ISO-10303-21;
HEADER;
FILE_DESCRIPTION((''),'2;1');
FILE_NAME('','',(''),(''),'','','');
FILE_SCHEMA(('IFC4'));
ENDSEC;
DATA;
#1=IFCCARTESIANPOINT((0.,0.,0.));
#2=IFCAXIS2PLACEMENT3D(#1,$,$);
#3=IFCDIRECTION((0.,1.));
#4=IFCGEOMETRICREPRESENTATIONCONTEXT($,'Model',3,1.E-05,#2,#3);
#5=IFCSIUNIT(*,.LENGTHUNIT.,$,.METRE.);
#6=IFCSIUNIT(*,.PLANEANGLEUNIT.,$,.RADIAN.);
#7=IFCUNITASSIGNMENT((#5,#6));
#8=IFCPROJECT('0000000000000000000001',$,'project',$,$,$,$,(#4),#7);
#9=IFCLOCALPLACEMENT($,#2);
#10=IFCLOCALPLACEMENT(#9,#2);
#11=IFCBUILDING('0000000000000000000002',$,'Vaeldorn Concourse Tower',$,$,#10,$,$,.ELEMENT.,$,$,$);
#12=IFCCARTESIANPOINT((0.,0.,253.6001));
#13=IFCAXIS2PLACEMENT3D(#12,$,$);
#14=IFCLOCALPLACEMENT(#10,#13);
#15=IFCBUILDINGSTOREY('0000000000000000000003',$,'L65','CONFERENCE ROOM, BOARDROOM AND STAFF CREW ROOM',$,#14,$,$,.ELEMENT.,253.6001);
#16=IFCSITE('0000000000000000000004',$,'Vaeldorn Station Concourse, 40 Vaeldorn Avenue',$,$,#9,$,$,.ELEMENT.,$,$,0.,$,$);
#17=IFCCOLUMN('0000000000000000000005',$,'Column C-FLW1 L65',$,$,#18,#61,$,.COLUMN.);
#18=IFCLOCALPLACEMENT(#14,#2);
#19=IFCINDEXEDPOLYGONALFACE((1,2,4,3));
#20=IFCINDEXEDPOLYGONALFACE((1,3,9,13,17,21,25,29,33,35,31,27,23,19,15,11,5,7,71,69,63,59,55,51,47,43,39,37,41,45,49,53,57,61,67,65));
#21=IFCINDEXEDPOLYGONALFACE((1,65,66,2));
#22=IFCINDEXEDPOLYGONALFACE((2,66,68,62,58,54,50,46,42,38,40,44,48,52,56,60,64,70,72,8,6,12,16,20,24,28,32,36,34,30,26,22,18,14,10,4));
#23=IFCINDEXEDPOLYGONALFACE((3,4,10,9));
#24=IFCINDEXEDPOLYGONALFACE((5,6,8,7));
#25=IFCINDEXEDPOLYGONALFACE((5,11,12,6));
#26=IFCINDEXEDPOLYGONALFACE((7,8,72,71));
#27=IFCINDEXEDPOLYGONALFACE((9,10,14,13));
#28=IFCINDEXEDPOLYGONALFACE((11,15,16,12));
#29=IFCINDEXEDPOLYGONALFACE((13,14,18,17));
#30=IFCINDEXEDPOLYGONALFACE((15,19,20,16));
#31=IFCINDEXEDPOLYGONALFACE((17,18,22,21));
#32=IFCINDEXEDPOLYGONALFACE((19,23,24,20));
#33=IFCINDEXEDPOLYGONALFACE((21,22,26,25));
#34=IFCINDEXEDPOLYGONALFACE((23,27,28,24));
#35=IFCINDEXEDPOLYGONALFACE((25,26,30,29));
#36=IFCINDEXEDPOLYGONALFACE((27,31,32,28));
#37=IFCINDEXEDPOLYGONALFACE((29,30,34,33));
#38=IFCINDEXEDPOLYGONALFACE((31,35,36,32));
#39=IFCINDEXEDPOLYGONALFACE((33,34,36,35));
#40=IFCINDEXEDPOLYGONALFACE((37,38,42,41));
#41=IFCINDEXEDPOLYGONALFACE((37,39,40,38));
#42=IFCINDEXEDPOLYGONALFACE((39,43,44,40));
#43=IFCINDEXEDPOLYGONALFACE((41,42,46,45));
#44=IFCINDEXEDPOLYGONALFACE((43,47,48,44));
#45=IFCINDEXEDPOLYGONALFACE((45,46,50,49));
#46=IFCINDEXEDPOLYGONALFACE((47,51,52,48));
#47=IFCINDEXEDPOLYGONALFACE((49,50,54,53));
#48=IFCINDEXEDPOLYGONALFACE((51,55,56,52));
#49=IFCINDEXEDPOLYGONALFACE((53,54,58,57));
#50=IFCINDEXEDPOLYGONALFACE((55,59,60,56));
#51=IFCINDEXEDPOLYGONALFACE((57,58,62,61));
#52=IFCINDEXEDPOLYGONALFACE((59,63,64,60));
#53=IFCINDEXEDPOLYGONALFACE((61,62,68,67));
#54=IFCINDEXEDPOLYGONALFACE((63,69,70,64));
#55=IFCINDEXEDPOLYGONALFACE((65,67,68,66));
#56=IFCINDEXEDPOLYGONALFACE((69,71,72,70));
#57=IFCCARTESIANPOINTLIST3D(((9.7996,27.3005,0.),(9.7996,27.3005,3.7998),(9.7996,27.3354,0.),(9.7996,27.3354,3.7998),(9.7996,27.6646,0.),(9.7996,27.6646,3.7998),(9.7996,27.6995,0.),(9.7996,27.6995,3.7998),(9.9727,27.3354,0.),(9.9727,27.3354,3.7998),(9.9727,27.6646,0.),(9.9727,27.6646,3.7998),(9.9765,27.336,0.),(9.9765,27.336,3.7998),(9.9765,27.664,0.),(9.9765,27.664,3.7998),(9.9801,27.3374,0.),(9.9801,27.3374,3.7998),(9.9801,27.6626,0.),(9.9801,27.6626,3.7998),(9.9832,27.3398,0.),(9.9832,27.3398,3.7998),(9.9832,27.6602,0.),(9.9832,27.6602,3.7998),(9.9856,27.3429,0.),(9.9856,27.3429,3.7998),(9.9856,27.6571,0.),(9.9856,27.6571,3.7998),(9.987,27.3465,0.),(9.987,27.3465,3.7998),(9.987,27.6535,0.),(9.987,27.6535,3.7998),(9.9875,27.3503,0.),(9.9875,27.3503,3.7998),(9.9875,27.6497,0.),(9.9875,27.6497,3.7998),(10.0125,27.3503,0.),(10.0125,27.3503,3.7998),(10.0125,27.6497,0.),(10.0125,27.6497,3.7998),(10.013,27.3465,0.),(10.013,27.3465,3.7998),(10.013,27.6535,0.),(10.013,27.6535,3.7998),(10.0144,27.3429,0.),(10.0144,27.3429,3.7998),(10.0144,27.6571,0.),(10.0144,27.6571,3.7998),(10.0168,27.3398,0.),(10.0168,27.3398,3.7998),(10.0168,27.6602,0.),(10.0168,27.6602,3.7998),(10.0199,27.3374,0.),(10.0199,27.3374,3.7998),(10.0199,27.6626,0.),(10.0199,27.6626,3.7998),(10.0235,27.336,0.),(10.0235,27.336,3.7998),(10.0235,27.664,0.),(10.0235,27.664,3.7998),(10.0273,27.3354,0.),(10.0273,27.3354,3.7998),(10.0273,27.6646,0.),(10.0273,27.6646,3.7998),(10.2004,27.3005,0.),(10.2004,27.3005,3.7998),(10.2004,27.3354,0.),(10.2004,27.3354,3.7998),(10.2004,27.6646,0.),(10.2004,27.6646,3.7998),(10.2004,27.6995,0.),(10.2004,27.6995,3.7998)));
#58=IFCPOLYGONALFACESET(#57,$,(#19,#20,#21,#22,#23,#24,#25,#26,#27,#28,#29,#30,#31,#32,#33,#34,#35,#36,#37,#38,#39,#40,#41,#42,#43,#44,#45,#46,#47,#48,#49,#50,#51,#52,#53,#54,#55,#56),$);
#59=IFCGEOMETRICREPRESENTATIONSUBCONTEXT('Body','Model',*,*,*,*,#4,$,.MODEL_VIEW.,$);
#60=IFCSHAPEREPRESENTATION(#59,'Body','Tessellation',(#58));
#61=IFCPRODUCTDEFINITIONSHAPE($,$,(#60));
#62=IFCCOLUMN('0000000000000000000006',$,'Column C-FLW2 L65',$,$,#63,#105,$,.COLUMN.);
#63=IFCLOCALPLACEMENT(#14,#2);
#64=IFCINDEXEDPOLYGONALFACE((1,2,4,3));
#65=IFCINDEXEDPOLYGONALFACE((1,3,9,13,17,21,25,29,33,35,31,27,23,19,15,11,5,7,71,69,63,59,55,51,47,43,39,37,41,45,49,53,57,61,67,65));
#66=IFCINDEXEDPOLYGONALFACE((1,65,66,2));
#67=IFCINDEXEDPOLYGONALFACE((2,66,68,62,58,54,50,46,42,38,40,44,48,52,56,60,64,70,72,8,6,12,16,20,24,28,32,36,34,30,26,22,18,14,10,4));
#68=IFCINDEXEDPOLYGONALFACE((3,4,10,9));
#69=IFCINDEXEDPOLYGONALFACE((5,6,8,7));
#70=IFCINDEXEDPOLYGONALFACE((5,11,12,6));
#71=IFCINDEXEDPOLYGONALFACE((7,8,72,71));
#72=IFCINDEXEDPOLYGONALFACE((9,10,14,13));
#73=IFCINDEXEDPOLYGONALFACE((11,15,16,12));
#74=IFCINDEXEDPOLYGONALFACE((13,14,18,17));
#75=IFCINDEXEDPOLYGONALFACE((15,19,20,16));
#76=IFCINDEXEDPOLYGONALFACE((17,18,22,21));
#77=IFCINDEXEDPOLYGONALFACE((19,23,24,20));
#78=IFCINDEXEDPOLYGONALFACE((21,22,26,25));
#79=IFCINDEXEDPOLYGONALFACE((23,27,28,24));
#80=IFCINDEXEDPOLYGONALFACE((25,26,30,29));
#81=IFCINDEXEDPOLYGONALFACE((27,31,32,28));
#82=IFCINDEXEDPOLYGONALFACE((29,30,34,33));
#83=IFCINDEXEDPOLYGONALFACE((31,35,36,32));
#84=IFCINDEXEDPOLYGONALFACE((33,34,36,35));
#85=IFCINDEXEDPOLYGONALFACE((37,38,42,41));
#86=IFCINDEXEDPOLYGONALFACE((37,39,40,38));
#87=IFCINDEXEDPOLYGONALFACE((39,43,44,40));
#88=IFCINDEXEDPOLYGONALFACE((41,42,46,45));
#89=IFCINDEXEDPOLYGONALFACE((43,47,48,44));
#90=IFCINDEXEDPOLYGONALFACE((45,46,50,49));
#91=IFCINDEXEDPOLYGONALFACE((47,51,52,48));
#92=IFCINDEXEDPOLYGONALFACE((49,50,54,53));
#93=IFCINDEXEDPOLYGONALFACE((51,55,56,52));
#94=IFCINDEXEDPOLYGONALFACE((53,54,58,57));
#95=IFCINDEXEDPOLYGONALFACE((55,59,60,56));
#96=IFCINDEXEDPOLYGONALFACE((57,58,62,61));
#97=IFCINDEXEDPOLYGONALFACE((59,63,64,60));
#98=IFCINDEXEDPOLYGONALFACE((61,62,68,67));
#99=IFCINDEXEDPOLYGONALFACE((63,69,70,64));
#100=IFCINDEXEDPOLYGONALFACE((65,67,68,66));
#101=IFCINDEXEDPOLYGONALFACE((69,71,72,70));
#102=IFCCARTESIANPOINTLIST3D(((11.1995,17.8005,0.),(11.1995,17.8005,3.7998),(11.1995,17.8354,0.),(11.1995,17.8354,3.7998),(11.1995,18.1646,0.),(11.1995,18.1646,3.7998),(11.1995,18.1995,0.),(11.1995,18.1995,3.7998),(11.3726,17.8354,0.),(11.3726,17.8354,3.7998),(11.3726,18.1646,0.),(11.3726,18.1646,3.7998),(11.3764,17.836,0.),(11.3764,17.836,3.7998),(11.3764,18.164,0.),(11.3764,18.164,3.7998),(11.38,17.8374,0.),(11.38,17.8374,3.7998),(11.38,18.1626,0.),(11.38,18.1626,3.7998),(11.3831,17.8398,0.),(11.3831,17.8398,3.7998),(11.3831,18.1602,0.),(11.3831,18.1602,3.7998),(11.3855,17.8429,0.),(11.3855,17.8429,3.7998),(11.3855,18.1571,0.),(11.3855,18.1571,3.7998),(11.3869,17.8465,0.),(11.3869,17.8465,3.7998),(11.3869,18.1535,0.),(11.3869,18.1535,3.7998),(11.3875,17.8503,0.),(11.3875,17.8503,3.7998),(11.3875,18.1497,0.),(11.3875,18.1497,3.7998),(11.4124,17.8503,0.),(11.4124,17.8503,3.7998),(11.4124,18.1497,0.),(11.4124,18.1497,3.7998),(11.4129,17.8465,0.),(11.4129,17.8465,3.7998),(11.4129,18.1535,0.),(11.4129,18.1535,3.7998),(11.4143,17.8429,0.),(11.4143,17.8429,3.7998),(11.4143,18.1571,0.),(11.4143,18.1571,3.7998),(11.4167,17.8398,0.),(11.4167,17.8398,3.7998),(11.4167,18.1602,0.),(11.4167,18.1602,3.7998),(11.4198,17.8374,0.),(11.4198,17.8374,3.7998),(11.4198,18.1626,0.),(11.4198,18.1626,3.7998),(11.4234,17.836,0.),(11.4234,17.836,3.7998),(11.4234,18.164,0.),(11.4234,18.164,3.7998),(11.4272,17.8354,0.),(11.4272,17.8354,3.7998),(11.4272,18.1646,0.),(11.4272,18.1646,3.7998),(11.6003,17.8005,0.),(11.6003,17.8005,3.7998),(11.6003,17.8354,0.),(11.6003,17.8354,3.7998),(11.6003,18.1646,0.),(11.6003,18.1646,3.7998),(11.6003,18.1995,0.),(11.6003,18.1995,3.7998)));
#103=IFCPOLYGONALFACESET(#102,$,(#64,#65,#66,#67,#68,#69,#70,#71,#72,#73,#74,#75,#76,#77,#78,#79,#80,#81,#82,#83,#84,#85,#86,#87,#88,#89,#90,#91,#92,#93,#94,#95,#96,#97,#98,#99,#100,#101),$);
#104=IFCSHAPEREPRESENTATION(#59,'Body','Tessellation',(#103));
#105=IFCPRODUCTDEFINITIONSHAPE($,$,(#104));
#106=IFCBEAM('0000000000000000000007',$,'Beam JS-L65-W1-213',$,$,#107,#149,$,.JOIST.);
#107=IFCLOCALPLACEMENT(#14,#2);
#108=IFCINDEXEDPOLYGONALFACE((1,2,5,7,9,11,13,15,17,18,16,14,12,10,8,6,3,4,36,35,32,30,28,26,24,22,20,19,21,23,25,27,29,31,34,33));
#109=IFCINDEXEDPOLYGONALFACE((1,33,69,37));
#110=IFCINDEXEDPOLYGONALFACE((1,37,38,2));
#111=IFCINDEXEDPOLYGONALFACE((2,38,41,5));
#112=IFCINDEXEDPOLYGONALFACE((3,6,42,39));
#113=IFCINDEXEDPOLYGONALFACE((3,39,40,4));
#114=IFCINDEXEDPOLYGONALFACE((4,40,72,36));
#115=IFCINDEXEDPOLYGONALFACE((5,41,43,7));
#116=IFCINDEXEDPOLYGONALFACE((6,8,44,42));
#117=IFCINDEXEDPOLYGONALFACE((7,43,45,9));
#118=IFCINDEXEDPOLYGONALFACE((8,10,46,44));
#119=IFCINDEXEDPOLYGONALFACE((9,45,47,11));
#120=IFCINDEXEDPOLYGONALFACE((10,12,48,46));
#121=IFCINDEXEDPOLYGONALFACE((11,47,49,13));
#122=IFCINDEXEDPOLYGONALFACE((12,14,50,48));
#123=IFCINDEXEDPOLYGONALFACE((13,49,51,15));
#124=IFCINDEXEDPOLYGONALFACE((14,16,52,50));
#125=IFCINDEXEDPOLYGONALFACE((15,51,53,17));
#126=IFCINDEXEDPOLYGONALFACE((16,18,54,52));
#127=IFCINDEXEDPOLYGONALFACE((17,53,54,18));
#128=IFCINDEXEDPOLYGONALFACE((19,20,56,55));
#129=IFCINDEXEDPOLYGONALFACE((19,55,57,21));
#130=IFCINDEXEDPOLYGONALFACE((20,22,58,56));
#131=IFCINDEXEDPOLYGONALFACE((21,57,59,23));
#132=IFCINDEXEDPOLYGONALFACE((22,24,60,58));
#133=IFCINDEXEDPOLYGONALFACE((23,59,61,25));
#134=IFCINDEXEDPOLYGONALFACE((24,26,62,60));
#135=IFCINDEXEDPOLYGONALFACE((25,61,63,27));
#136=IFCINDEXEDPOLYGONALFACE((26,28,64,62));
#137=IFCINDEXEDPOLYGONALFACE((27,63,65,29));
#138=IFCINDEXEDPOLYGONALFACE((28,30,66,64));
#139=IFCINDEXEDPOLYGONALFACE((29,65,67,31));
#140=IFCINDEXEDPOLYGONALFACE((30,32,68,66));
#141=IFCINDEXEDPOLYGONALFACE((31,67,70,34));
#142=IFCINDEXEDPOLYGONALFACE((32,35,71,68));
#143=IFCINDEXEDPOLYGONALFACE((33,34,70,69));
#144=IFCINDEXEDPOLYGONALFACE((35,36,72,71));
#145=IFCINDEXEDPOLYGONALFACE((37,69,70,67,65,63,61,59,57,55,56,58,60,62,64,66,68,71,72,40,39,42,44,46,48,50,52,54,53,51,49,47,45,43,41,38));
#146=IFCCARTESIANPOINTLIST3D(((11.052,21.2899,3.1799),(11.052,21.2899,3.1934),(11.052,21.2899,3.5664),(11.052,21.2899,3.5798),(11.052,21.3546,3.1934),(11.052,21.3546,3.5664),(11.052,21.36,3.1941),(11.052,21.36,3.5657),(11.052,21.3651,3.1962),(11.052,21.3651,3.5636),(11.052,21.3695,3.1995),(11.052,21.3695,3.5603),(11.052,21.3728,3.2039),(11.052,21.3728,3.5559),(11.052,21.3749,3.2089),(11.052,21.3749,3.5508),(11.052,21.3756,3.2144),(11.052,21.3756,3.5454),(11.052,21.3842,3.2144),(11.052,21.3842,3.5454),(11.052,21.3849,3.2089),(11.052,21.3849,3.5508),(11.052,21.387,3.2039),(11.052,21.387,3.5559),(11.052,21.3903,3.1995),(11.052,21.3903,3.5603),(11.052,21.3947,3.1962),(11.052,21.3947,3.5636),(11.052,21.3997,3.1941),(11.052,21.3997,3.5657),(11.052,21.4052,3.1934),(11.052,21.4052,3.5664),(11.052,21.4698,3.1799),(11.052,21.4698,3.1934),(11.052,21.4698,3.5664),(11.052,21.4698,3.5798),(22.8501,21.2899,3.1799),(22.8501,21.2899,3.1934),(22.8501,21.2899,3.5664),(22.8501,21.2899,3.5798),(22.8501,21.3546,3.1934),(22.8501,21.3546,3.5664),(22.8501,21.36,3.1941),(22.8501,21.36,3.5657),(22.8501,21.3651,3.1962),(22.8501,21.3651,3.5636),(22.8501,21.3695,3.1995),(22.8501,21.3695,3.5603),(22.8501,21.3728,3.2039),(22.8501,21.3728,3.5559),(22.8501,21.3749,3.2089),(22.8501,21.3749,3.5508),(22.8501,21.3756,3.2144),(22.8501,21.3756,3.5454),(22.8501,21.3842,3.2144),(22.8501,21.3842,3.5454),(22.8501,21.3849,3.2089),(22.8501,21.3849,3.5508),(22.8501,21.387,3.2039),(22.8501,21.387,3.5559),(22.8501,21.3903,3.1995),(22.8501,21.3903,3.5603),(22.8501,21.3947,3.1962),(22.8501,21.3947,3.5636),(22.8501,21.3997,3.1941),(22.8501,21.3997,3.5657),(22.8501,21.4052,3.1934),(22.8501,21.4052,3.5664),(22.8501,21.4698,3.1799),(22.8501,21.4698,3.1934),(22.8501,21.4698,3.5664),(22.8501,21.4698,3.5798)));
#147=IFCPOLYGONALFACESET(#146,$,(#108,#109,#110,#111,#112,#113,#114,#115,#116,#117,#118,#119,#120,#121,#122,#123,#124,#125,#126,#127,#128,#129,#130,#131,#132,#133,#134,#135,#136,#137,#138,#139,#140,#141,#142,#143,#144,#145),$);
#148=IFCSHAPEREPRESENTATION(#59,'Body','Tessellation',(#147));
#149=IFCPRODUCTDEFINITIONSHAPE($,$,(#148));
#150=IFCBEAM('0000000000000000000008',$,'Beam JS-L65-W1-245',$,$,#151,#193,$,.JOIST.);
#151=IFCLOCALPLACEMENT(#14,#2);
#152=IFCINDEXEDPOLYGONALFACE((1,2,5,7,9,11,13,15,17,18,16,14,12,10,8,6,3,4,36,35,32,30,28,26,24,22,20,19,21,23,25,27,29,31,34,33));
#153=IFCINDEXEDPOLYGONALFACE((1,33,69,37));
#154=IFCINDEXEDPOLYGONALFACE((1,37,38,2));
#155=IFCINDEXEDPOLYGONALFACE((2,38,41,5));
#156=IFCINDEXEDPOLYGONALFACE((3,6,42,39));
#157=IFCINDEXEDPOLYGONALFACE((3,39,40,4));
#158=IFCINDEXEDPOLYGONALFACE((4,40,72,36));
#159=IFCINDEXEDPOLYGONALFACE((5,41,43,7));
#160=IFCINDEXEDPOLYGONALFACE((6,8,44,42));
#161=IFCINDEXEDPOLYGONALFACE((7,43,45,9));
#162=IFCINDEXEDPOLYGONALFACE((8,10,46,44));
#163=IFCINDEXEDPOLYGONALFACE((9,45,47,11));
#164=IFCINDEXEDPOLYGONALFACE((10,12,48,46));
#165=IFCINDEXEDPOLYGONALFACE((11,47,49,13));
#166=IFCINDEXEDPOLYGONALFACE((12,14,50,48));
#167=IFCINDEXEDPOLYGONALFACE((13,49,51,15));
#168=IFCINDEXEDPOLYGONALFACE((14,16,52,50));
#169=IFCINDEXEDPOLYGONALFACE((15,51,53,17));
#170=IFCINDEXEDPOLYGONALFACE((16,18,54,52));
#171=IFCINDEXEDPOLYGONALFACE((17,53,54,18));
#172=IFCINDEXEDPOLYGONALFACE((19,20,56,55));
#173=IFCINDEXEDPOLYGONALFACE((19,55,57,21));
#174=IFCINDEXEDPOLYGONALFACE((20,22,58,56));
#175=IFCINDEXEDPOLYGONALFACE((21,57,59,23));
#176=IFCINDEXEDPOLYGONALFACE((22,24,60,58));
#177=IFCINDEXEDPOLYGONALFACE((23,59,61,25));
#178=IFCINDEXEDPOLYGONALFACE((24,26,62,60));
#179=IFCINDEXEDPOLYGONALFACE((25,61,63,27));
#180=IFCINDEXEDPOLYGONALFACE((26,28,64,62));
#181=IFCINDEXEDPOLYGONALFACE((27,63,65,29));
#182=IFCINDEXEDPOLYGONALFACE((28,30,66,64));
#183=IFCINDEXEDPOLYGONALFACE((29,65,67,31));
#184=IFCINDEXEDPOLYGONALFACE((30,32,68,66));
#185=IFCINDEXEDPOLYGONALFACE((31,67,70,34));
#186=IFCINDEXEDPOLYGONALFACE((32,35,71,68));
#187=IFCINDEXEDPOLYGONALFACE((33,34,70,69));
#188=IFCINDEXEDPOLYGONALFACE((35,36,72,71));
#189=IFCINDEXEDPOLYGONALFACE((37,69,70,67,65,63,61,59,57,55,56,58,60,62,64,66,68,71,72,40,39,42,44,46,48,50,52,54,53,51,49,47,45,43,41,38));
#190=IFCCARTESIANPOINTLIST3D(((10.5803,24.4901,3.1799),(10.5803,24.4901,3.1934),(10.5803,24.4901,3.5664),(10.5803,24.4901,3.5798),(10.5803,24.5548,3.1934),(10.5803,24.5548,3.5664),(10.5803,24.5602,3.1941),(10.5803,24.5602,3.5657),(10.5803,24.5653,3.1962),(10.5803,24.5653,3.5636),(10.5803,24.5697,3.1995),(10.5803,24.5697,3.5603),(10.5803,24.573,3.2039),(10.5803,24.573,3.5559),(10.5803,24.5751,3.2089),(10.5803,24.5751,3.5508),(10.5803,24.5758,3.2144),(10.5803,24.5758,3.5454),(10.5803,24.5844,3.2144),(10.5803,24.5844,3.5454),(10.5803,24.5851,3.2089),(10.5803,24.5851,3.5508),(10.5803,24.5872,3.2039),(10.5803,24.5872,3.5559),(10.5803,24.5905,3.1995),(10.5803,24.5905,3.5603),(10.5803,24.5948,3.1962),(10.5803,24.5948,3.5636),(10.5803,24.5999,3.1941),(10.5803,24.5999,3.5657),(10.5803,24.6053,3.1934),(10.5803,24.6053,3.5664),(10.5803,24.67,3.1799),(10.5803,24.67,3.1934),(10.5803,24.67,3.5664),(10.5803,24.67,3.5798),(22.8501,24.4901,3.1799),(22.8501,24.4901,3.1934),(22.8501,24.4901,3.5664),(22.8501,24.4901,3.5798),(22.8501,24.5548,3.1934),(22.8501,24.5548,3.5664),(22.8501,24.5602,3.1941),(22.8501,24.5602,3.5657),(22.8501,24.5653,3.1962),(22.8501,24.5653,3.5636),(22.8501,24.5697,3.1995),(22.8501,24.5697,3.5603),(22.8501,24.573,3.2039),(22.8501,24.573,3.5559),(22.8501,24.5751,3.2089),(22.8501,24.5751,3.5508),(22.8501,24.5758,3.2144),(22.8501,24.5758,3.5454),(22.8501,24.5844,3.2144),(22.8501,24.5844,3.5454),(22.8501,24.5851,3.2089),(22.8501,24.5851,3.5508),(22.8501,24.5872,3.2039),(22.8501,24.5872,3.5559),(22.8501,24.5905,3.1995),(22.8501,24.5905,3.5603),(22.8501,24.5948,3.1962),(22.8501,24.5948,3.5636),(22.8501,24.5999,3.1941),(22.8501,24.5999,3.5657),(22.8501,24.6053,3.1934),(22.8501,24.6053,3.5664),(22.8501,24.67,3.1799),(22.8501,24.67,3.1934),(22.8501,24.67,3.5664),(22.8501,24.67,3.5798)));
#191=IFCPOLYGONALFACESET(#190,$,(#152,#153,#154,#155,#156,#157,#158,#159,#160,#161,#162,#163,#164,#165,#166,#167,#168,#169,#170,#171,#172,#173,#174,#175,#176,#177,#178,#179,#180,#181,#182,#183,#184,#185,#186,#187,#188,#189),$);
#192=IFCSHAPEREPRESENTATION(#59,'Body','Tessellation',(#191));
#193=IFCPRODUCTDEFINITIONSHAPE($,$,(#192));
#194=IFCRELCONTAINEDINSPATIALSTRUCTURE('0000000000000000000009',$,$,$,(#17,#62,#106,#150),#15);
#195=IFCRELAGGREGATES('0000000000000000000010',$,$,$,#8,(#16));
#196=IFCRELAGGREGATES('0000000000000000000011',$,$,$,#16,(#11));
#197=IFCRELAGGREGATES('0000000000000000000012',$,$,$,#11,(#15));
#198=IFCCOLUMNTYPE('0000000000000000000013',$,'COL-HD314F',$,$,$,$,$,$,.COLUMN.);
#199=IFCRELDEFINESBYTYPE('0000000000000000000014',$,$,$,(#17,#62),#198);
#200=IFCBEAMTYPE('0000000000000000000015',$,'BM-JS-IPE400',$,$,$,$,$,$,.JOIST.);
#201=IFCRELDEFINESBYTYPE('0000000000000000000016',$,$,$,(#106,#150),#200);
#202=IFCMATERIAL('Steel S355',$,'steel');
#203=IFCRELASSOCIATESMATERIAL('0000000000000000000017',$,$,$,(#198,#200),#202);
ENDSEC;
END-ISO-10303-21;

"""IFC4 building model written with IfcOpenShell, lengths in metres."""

from ifc_helpers import new_model, si_unit, direction, frame, origin, origin_2d, place, context, subcontext, project, spatial, i_section, extrude, source, transform, mapped, material, material_profile, profile_set, type_object, element, save


model = new_model("IFC4")

# Units and contexts
model_context = context("Model", 3, precision=1e-05, world=origin(), true_north=direction((0.0, 1.0)))
body_context = subcontext(model_context, "Body", "Model", "MODEL_VIEW")
ifc_project = project(units=[si_unit("LENGTHUNIT", "METRE"), si_unit("PLANEANGLEUNIT", "RADIAN")], contexts=[model_context])

# Site, building, storey
site_placement = place(None, origin())
site = spatial("IfcSite", under=ifc_project, at=site_placement, Name="Vaeldorn Station Concourse, 40 Vaeldorn Avenue", CompositionType="ELEMENT", RefElevation=0.0)
building_placement = place(site_placement, origin())
building = spatial("IfcBuilding", under=site, at=building_placement, Name="Vaeldorn Concourse Tower", CompositionType="ELEMENT")
storey_placement = place(building_placement, frame((0.0, 0.0, 253.6001)))
storey = spatial("IfcBuildingStorey", under=building, at=storey_placement, Name="L65", Description="CONFERENCE ROOM, BOARDROOM AND STAFF CREW ROOM", CompositionType="ELEMENT", Elevation=253.6001)

# Columns
ifc_material_1 = material(Name="Steel S355", Category="steel")
ifc_material_profile_1 = material_profile(ifc_material_1, i_section(OverallWidth=0.4009, OverallDepth=0.3989, WebThickness=0.0249, FlangeThickness=0.0349, FilletRadius=0.0149, at=origin_2d()), Name="HD 400x314")
ifc_profile_set_1 = profile_set([ifc_material_profile_1], Name="Steel S355")
column_type = type_object("IfcColumnType", Name="COL-HD314F", PredefinedType="COLUMN", material=ifc_profile_set_1)
shared_shape_1 = source(origin(), body_context, "Body", "SweptSolid", [
    extrude(i_section(OverallWidth=0.4009, OverallDepth=0.3989, WebThickness=0.0249, FlangeThickness=0.0349, FilletRadius=0.0149, at=origin_2d()), origin(), (0.0, 0.0, 1.0), 3.7998),
])
for number, where, z_axis, x_axis, name in (
    (1, (10.0, 27.5, 0.0), (0.0, 0.0, 1.0), (1.0, 0.0, 0.0), "Column C-FLW1 L65"),
    (2, (11.3999, 18.0, 0.0), (0.0, 0.0, 1.0), (1.0, 0.0, 0.0), "Column C-FLW2 L65"),
):
    element("IfcColumn", number, at=place(storey_placement, frame(where, z_axis=z_axis, x_axis=x_axis)), inside=storey, type_object=column_type, Name=name, PredefinedType="COLUMN", context=body_context, shape_type="MappedRepresentation", body=[
        mapped(shared_shape_1, transform((0.0, 0.0, 0.0), scale=1.0)),
    ])

# Beams
ifc_material_profile_2 = material_profile(ifc_material_1, i_section(OverallWidth=0.1799, OverallDepth=0.3999, WebThickness=0.0085, FlangeThickness=0.0134, FilletRadius=0.021, at=origin_2d()), Name="IPE 400")
ifc_profile_set_2 = profile_set([ifc_material_profile_2], Name="Steel S355")
beam_type_1 = type_object("IfcBeamType", Name="BM-JS-IPE400", PredefinedType="JOIST", material=ifc_profile_set_2)
shared_shape_2 = source(origin(), body_context, "Body", "SweptSolid", [
    extrude(i_section(OverallWidth=0.1799, OverallDepth=0.3999, WebThickness=0.0085, FlangeThickness=0.0134, FilletRadius=0.021, at=origin_2d()), origin(), (0.0, 0.0, 1.0), 11.7981),
])
beam_1_placement = place(storey_placement, frame((11.052, 21.3799, 3.3799), z_axis=(1.0, 0.0, 0.0), x_axis=(0.0, 1.0, 0.0)))
element("IfcBeam", 3, at=beam_1_placement, inside=storey, type_object=beam_type_1, Name="Beam JS-L65-W1-213", PredefinedType="JOIST", context=body_context, shape_type="MappedRepresentation", body=[
    mapped(shared_shape_2, transform((0.0, 0.0, 0.0), scale=1.0)),
])
shared_shape_3 = source(origin(), body_context, "Body", "SweptSolid", [
    extrude(i_section(OverallWidth=0.1799, OverallDepth=0.3999, WebThickness=0.0085, FlangeThickness=0.0134, FilletRadius=0.021, at=origin_2d()), origin(), (0.0, 0.0, 1.0), 12.2698),
])
beam_2_placement = place(storey_placement, frame((10.5803, 24.5801, 3.3799), z_axis=(1.0, 0.0, 0.0), x_axis=(0.0, 1.0, 0.0)))
element("IfcBeam", 4, at=beam_2_placement, inside=storey, type_object=beam_type_1, Name="Beam JS-L65-W1-245", PredefinedType="JOIST", context=body_context, shape_type="MappedRepresentation", body=[
    mapped(shared_shape_3, transform((0.0, 0.0, 0.0), scale=1.0)),
])

save(model, "model.ifc")
